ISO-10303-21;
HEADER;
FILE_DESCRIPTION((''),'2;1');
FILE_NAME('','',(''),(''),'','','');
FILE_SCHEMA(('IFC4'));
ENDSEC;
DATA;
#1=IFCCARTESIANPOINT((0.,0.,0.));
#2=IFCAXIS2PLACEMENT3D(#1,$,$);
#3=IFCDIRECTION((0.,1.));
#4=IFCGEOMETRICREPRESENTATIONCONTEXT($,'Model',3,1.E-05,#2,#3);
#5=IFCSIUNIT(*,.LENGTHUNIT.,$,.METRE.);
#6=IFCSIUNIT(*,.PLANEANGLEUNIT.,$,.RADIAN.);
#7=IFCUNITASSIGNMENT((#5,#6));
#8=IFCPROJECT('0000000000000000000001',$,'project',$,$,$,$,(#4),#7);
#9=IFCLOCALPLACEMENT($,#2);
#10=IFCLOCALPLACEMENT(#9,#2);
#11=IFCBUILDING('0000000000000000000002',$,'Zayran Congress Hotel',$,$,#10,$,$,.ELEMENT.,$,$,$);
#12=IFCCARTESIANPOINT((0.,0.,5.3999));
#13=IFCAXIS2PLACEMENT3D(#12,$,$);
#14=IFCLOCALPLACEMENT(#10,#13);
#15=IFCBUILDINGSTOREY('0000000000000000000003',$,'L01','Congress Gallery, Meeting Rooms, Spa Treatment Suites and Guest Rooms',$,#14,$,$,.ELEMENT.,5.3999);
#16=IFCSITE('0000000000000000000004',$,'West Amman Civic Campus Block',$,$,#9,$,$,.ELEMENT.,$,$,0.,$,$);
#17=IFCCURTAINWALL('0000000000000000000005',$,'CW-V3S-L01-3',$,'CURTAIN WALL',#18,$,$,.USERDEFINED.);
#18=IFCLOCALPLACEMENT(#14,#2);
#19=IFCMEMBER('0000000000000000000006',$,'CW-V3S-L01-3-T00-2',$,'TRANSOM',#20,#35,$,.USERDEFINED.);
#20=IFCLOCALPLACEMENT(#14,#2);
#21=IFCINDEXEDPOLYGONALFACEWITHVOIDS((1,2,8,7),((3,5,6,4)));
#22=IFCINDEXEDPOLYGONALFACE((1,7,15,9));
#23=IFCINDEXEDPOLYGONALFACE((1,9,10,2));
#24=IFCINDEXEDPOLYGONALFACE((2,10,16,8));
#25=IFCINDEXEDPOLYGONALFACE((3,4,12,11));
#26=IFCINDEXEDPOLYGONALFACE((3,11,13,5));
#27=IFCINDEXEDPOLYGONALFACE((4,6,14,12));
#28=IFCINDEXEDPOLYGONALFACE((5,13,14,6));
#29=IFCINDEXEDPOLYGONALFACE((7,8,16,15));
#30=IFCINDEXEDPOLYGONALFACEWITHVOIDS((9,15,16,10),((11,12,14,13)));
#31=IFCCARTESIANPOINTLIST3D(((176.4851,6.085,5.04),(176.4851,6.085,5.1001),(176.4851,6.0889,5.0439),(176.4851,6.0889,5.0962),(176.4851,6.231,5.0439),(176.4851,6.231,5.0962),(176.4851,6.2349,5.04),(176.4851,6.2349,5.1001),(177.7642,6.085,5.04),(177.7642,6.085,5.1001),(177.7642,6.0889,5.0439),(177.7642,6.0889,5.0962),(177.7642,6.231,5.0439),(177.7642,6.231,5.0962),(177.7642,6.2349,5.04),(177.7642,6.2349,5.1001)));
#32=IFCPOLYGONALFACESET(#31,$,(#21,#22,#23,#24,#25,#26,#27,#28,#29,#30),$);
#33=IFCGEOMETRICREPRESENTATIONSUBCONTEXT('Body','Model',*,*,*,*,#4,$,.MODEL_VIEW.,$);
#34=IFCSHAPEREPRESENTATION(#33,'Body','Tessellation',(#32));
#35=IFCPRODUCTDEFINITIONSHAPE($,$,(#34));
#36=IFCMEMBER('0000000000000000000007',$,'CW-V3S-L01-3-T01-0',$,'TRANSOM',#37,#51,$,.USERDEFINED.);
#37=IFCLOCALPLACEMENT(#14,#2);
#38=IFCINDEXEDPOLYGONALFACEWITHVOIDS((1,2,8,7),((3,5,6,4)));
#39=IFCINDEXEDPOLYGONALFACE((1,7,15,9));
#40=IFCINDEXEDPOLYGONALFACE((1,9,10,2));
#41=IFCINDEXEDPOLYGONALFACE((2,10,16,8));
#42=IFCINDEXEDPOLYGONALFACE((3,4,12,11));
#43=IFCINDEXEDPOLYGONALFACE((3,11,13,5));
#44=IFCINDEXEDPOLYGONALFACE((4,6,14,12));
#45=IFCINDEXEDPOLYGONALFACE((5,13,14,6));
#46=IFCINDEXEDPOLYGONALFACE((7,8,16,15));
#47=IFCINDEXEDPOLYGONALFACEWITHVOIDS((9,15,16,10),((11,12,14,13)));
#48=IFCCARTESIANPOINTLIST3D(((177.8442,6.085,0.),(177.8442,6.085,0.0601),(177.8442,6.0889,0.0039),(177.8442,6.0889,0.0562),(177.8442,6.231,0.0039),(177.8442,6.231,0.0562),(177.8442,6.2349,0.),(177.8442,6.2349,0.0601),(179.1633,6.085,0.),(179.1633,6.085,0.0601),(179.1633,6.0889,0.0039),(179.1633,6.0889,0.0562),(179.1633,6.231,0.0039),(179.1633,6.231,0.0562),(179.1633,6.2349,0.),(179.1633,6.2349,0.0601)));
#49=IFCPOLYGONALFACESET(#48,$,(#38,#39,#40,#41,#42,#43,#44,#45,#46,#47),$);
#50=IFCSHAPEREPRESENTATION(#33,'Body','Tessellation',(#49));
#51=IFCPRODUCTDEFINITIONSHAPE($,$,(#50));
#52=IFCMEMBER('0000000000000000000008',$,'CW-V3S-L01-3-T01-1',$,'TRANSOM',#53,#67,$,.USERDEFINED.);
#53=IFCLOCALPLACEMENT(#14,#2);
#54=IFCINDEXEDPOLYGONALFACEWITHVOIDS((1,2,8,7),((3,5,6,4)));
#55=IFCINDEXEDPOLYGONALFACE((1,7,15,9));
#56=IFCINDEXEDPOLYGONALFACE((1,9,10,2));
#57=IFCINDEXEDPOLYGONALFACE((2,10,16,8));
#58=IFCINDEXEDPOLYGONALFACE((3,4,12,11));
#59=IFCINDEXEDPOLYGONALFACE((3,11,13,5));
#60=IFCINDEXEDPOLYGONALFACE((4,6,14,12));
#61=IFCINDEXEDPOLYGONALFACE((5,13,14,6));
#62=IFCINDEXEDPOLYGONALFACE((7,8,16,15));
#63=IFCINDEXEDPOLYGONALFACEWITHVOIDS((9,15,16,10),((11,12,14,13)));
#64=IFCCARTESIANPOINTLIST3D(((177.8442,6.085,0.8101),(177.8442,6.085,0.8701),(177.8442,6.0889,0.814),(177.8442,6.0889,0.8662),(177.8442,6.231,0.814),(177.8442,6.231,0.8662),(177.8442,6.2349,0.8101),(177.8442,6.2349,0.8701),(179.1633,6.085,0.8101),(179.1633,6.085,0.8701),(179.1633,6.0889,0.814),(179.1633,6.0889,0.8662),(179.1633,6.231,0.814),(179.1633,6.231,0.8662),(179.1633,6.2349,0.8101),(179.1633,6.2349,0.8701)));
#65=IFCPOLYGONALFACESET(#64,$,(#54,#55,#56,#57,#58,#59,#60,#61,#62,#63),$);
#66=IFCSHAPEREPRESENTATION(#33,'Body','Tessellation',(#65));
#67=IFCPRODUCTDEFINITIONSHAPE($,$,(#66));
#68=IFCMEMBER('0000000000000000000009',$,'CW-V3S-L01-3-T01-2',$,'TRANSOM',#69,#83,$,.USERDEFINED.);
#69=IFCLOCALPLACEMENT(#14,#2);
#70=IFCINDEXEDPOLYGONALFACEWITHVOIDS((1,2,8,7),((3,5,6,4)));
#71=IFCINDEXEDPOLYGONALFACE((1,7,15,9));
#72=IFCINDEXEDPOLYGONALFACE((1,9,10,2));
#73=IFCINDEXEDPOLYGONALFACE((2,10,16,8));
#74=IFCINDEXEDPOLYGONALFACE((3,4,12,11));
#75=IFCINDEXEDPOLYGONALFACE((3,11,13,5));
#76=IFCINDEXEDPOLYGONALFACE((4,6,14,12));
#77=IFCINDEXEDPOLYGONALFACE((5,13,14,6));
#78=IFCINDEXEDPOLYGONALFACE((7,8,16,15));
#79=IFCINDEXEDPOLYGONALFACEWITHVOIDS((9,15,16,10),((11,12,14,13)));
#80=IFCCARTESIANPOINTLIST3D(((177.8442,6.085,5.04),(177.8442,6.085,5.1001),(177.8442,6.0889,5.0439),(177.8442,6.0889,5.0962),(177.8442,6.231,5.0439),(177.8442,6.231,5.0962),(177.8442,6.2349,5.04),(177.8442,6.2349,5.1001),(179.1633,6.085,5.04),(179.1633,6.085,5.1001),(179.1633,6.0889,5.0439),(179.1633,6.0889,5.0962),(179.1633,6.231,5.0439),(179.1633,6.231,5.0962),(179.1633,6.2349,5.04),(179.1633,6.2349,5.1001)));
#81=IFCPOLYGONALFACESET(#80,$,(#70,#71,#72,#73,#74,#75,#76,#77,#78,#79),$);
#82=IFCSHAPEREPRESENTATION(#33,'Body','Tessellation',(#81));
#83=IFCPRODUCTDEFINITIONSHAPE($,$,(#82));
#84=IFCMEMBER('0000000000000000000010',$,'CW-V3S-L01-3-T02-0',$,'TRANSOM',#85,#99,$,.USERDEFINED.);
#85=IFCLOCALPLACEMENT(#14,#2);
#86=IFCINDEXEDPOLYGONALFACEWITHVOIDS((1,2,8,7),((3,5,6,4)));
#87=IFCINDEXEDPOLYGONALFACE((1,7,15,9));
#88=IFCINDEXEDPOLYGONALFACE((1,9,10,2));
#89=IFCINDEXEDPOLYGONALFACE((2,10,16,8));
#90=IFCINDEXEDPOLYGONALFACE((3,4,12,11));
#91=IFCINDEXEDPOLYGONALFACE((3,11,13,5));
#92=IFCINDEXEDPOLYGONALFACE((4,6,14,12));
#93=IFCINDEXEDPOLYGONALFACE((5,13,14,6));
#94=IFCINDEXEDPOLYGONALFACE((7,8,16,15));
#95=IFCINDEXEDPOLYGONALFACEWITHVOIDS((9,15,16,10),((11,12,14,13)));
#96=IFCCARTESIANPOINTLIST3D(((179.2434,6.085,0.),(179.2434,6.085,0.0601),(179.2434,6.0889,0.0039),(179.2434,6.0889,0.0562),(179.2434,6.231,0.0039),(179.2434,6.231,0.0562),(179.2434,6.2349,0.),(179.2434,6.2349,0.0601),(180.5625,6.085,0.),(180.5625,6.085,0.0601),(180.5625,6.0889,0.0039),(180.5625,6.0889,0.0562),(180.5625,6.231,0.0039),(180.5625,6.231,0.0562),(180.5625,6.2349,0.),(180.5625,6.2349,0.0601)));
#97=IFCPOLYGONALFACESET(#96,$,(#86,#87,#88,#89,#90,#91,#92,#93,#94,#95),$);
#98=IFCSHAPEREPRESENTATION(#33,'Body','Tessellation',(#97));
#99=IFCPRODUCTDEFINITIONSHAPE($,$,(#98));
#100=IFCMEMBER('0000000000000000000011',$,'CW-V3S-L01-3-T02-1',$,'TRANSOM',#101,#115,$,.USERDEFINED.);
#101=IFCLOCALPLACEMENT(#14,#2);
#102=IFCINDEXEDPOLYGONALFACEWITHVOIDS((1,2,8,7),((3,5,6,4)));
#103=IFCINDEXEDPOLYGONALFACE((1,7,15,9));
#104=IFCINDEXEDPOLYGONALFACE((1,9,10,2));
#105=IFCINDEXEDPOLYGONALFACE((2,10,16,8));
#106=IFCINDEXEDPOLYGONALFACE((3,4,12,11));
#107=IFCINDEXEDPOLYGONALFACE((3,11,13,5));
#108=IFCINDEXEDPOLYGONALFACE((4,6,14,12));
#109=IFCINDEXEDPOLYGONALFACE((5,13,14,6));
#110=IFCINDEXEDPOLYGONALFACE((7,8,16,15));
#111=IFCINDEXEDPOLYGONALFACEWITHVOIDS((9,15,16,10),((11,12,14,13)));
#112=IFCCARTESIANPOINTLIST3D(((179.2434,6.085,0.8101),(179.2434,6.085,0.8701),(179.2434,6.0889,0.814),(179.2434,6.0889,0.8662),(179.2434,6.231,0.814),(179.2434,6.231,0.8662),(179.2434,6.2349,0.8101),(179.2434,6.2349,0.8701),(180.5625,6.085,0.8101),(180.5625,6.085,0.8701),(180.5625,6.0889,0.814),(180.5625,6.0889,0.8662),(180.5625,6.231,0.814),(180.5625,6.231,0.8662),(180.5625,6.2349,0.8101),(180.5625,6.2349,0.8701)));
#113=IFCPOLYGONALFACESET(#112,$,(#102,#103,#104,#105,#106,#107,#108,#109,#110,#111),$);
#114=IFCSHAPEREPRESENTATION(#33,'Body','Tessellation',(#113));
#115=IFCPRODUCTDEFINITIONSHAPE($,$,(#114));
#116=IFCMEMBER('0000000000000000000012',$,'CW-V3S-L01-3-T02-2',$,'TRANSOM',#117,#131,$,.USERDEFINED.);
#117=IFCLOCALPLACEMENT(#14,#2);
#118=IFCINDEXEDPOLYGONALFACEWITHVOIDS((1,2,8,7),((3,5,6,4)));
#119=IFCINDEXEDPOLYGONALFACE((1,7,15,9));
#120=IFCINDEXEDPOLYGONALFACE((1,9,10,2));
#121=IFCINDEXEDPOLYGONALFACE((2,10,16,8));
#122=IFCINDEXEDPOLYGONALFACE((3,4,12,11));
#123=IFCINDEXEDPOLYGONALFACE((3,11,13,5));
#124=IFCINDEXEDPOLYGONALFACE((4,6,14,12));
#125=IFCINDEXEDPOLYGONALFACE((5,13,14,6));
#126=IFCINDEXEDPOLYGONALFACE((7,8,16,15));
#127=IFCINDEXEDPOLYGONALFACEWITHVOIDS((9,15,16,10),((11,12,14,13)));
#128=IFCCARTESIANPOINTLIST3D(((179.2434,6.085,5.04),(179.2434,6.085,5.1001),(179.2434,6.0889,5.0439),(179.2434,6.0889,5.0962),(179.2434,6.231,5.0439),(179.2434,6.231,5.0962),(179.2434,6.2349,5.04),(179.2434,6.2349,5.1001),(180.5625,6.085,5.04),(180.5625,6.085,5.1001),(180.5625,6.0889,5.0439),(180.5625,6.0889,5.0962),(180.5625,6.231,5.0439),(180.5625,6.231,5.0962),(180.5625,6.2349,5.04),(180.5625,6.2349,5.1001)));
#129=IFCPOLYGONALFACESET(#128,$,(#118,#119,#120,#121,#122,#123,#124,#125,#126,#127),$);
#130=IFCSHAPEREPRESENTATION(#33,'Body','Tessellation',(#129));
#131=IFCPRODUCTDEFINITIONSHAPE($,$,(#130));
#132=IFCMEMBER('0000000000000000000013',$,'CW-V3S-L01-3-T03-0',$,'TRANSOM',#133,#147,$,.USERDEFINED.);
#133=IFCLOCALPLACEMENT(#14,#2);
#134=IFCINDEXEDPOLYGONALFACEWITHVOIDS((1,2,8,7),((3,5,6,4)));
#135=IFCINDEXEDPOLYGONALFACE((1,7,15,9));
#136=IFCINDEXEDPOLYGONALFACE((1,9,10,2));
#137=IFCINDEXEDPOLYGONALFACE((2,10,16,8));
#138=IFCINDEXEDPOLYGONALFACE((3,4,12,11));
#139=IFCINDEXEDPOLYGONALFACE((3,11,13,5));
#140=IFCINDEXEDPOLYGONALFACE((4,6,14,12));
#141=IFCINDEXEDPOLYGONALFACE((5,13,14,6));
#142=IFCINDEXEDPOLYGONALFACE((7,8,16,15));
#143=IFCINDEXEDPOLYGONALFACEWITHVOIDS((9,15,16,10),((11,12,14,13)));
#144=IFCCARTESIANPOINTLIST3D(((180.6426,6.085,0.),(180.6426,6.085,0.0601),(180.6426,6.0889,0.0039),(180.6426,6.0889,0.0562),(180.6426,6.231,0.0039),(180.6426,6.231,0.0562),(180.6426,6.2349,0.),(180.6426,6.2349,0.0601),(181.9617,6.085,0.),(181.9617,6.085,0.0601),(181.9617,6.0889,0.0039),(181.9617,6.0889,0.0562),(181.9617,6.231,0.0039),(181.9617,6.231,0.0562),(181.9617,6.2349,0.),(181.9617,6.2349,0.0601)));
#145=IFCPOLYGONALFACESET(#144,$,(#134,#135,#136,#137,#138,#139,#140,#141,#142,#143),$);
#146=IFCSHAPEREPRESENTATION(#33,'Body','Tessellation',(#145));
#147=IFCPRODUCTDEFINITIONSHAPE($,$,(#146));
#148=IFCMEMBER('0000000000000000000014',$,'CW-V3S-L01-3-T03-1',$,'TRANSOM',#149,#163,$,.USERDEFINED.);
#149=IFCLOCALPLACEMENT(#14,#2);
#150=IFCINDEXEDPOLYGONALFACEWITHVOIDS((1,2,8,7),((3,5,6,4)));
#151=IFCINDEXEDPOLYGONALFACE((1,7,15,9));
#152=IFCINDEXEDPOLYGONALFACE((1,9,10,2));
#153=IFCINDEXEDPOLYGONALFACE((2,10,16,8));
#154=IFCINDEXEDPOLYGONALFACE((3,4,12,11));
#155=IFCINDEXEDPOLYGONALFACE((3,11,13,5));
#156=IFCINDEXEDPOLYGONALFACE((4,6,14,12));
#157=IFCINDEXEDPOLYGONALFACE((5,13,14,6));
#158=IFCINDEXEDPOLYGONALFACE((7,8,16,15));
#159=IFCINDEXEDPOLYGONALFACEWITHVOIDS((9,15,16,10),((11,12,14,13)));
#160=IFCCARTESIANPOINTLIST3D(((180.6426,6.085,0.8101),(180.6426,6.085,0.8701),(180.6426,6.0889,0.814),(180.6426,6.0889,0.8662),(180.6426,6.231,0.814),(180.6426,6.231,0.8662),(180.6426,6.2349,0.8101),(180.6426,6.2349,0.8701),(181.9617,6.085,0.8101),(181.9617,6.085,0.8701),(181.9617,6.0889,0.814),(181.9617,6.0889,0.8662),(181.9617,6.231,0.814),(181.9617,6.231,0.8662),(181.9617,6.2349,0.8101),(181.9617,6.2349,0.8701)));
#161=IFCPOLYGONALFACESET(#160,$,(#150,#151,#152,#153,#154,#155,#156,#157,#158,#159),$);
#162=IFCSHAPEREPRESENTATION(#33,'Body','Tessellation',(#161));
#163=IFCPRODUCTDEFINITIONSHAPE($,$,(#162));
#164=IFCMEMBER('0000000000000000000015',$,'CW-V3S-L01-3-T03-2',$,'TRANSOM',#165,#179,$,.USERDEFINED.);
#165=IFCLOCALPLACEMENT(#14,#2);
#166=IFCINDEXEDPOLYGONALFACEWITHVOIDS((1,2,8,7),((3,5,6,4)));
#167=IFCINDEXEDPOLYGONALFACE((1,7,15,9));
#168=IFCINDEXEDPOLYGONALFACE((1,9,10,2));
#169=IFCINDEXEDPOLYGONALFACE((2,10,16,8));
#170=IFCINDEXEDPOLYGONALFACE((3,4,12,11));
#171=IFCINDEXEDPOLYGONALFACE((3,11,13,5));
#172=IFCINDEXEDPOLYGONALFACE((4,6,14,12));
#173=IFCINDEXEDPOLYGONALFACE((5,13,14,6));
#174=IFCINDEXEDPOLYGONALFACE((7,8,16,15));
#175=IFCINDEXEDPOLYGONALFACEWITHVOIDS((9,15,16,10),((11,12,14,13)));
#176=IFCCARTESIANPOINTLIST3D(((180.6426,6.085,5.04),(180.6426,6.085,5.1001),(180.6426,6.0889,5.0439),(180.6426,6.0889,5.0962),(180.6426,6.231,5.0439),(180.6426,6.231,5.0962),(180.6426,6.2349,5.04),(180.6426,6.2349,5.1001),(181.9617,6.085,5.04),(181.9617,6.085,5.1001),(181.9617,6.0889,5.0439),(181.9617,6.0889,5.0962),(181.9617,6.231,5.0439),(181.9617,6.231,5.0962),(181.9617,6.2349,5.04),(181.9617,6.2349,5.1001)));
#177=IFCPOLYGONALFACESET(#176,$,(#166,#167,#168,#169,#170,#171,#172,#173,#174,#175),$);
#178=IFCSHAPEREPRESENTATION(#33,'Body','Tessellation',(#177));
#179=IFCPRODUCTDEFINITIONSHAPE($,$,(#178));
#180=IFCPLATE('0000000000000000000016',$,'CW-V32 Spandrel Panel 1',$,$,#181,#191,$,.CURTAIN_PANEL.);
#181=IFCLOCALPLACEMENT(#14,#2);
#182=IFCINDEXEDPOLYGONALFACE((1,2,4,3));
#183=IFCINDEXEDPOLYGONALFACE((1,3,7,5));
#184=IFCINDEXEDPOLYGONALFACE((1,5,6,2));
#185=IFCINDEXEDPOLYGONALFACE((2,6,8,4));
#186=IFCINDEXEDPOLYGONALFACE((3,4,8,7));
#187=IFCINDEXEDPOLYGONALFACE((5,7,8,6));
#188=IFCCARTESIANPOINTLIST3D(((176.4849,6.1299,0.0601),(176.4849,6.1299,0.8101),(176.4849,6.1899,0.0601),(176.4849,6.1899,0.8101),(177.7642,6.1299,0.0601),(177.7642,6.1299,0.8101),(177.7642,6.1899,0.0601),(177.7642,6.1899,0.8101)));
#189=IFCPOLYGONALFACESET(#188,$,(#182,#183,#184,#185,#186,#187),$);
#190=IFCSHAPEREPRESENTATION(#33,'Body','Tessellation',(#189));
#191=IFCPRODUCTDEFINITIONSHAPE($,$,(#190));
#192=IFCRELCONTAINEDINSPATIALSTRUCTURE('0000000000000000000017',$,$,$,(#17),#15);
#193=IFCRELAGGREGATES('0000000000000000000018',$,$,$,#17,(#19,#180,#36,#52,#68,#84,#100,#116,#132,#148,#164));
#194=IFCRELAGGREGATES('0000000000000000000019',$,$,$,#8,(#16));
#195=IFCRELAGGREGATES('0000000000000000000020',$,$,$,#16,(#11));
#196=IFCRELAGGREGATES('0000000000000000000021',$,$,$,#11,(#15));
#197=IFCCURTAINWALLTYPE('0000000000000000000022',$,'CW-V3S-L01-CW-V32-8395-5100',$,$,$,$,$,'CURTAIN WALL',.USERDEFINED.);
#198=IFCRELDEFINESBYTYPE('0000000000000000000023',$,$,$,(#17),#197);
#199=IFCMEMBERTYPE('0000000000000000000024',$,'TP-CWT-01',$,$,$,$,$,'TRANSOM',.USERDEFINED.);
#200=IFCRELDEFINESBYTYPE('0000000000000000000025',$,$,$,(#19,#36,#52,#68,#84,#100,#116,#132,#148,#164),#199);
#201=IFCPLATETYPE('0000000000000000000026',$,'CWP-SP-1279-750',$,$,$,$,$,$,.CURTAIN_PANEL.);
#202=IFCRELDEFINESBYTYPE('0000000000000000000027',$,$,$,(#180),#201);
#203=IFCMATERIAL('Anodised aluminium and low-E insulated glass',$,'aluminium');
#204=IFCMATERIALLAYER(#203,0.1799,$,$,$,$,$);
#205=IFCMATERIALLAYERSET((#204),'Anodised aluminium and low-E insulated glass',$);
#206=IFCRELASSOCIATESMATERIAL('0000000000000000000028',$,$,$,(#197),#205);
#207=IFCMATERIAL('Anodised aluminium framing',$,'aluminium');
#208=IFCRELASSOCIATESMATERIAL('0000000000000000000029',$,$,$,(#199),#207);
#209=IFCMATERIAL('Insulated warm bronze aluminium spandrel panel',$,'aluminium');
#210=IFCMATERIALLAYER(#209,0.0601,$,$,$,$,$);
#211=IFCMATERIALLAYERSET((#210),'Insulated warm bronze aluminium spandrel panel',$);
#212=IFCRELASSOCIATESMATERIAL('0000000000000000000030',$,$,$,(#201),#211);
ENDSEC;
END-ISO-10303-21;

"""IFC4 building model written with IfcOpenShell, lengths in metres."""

from ifc_helpers import new_model, si_unit, direction, frame, origin, origin_2d, place, context, subcontext, project, spatial, rectangle, hollow_rectangle, extrude, material, layer, layer_set, material_profile, profile_set, type_object, element, aggregate, save


model = new_model("IFC4")

# Units and contexts
model_context = context("Model", 3, precision=1e-05, world=origin(), true_north=direction((0.0, 1.0)))
body_context = subcontext(model_context, "Body", "Model", "MODEL_VIEW")
ifc_project = project(units=[si_unit("LENGTHUNIT", "METRE"), si_unit("PLANEANGLEUNIT", "RADIAN")], contexts=[model_context])

# Site, building, storey
site_placement = place(None, origin())
site = spatial("IfcSite", under=ifc_project, at=site_placement, Name="West Amman Civic Campus Block", CompositionType="ELEMENT", RefElevation=0.0)
building_placement = place(site_placement, origin())
building = spatial("IfcBuilding", under=site, at=building_placement, Name="Zayran Congress Hotel", CompositionType="ELEMENT")
storey_placement = place(building_placement, frame((0.0, 0.0, 5.3999)))
storey = spatial("IfcBuildingStorey", under=building, at=storey_placement, Name="L01", Description="Congress Gallery, Meeting Rooms, Spa Treatment Suites and Guest Rooms", CompositionType="ELEMENT", Elevation=5.3999)

# Curtain wall, members, plate
ifc_material_1 = material(Name="Anodised aluminium and low-E insulated glass", Category="aluminium")
ifc_layer_1 = layer(ifc_material_1, 0.1799)
ifc_layer_set_1 = layer_set([ifc_layer_1], Name="Anodised aluminium and low-E insulated glass")
curtain_wall_type = type_object("IfcCurtainWallType", Name="CW-V3S-L01-CW-V32-8395-5100", ElementType="CURTAIN WALL", PredefinedType="USERDEFINED", material=ifc_layer_set_1)
curtain_wall_placement = place(storey_placement, origin())
curtain_wall = element("IfcCurtainWall", 1, at=curtain_wall_placement, inside=storey, type_object=curtain_wall_type, Name="CW-V3S-L01-3", ObjectType="CURTAIN WALL", PredefinedType="USERDEFINED")
ifc_material_2 = material(Name="Anodised aluminium framing", Category="aluminium")
ifc_material_profile_1 = material_profile(ifc_material_2, hollow_rectangle(XDim=0.0601, YDim=0.1499, WallThickness=0.0039, at=origin_2d()), Name="RHS 150x60x4")
ifc_profile_set_1 = profile_set([ifc_material_profile_1], Name="Anodised aluminium framing")
member_type_1 = type_object("IfcMemberType", Name="TP-CWT-01", ElementType="TRANSOM", PredefinedType="USERDEFINED", material=ifc_profile_set_1)
member_1_placement = place(storey_placement, frame((176.4851, 6.1599, 5.0701), z_axis=(1.0, 0.0, 0.0), x_axis=(0.0, 0.0, 1.0)))
member_1 = element("IfcMember", 2, at=member_1_placement, type_object=member_type_1, Name="CW-V3S-L01-3-T00-2", ObjectType="TRANSOM", PredefinedType="USERDEFINED", context=body_context, shape_type="SweptSolid", body=[
    extrude(hollow_rectangle(XDim=0.0601, YDim=0.1499, WallThickness=0.0039, at=origin_2d()), origin(), (0.0, 0.0, 1.0), 1.2791),
])
member_2_placement = place(storey_placement, frame((177.8442, 6.1599, 0.03), z_axis=(1.0, 0.0, 0.0), x_axis=(0.0, 0.0, 1.0)))
member_2 = element("IfcMember", 3, at=member_2_placement, type_object=member_type_1, Name="CW-V3S-L01-3-T01-0", ObjectType="TRANSOM", PredefinedType="USERDEFINED", context=body_context, shape_type="SweptSolid", body=[
    extrude(hollow_rectangle(XDim=0.0601, YDim=0.1499, WallThickness=0.0039, at=origin_2d()), origin(), (0.0, 0.0, 1.0), 1.3191),
])
member_3_placement = place(storey_placement, frame((177.8442, 6.1599, 0.8401), z_axis=(1.0, 0.0, 0.0), x_axis=(0.0, 0.0, 1.0)))
member_3 = element("IfcMember", 4, at=member_3_placement, type_object=member_type_1, Name="CW-V3S-L01-3-T01-1", ObjectType="TRANSOM", PredefinedType="USERDEFINED", context=body_context, shape_type="SweptSolid", body=[
    extrude(hollow_rectangle(XDim=0.0601, YDim=0.1499, WallThickness=0.0039, at=origin_2d()), origin(), (0.0, 0.0, 1.0), 1.3191),
])
member_4_placement = place(storey_placement, frame((177.8442, 6.1599, 5.0701), z_axis=(1.0, 0.0, 0.0), x_axis=(0.0, 0.0, 1.0)))
member_4 = element("IfcMember", 5, at=member_4_placement, type_object=member_type_1, Name="CW-V3S-L01-3-T01-2", ObjectType="TRANSOM", PredefinedType="USERDEFINED", context=body_context, shape_type="SweptSolid", body=[
    extrude(hollow_rectangle(XDim=0.0601, YDim=0.1499, WallThickness=0.0039, at=origin_2d()), origin(), (0.0, 0.0, 1.0), 1.3191),
])
member_5_placement = place(storey_placement, frame((179.2434, 6.1599, 0.03), z_axis=(1.0, 0.0, 0.0), x_axis=(0.0, 0.0, 1.0)))
member_5 = element("IfcMember", 6, at=member_5_placement, type_object=member_type_1, Name="CW-V3S-L01-3-T02-0", ObjectType="TRANSOM", PredefinedType="USERDEFINED", context=body_context, shape_type="SweptSolid", body=[
    extrude(hollow_rectangle(XDim=0.0601, YDim=0.1499, WallThickness=0.0039, at=origin_2d()), origin(), (0.0, 0.0, 1.0), 1.3191),
])
member_6_placement = place(storey_placement, frame((179.2434, 6.1599, 0.8401), z_axis=(1.0, 0.0, 0.0), x_axis=(0.0, 0.0, 1.0)))
member_6 = element("IfcMember", 7, at=member_6_placement, type_object=member_type_1, Name="CW-V3S-L01-3-T02-1", ObjectType="TRANSOM", PredefinedType="USERDEFINED", context=body_context, shape_type="SweptSolid", body=[
    extrude(hollow_rectangle(XDim=0.0601, YDim=0.1499, WallThickness=0.0039, at=origin_2d()), origin(), (0.0, 0.0, 1.0), 1.3191),
])
member_7_placement = place(storey_placement, frame((179.2434, 6.1599, 5.0701), z_axis=(1.0, 0.0, 0.0), x_axis=(0.0, 0.0, 1.0)))
member_7 = element("IfcMember", 8, at=member_7_placement, type_object=member_type_1, Name="CW-V3S-L01-3-T02-2", ObjectType="TRANSOM", PredefinedType="USERDEFINED", context=body_context, shape_type="SweptSolid", body=[
    extrude(hollow_rectangle(XDim=0.0601, YDim=0.1499, WallThickness=0.0039, at=origin_2d()), origin(), (0.0, 0.0, 1.0), 1.3191),
])
member_8_placement = place(storey_placement, frame((180.6426, 6.1599, 0.03), z_axis=(1.0, 0.0, 0.0), x_axis=(0.0, 0.0, 1.0)))
member_8 = element("IfcMember", 9, at=member_8_placement, type_object=member_type_1, Name="CW-V3S-L01-3-T03-0", ObjectType="TRANSOM", PredefinedType="USERDEFINED", context=body_context, shape_type="SweptSolid", body=[
    extrude(hollow_rectangle(XDim=0.0601, YDim=0.1499, WallThickness=0.0039, at=origin_2d()), origin(), (0.0, 0.0, 1.0), 1.3191),
])
member_9_placement = place(storey_placement, frame((180.6426, 6.1599, 0.8401), z_axis=(1.0, 0.0, 0.0), x_axis=(0.0, 0.0, 1.0)))
member_9 = element("IfcMember", 10, at=member_9_placement, type_object=member_type_1, Name="CW-V3S-L01-3-T03-1", ObjectType="TRANSOM", PredefinedType="USERDEFINED", context=body_context, shape_type="SweptSolid", body=[
    extrude(hollow_rectangle(XDim=0.0601, YDim=0.1499, WallThickness=0.0039, at=origin_2d()), origin(), (0.0, 0.0, 1.0), 1.3191),
])
member_10_placement = place(storey_placement, frame((180.6426, 6.1599, 5.0701), z_axis=(1.0, 0.0, 0.0), x_axis=(0.0, 0.0, 1.0)))
member_10 = element("IfcMember", 11, at=member_10_placement, type_object=member_type_1, Name="CW-V3S-L01-3-T03-2", ObjectType="TRANSOM", PredefinedType="USERDEFINED", context=body_context, shape_type="SweptSolid", body=[
    extrude(hollow_rectangle(XDim=0.0601, YDim=0.1499, WallThickness=0.0039, at=origin_2d()), origin(), (0.0, 0.0, 1.0), 1.3191),
])
ifc_material_3 = material(Name="Insulated warm bronze aluminium spandrel panel", Category="aluminium")
ifc_layer_2 = layer(ifc_material_3, 0.0601)
ifc_layer_set_2 = layer_set([ifc_layer_2], Name="Insulated warm bronze aluminium spandrel panel")
plate_type_1 = type_object("IfcPlateType", Name="CWP-SP-1279-750", PredefinedType="CURTAIN_PANEL", material=ifc_layer_set_2)
plate_1_placement = place(storey_placement, frame((177.1245, 6.1599, 0.0601), z_axis=(0.0, 0.0, 1.0), x_axis=(1.0, 0.0, 0.0)))
plate_1 = element("IfcPlate", 12, at=plate_1_placement, type_object=plate_type_1, Name="CW-V32 Spandrel Panel 1", PredefinedType="CURTAIN_PANEL", context=body_context, shape_type="SweptSolid", body=[
    extrude(rectangle(XDim=1.2793, YDim=0.0601, at=origin_2d()), origin(), (0.0, 0.0, 1.0), 0.75),
])
aggregate(curtain_wall, [member_1, plate_1, member_2, member_3, member_4, member_5, member_6, member_7, member_8, member_9, member_10])

save(model, "model.ifc")
